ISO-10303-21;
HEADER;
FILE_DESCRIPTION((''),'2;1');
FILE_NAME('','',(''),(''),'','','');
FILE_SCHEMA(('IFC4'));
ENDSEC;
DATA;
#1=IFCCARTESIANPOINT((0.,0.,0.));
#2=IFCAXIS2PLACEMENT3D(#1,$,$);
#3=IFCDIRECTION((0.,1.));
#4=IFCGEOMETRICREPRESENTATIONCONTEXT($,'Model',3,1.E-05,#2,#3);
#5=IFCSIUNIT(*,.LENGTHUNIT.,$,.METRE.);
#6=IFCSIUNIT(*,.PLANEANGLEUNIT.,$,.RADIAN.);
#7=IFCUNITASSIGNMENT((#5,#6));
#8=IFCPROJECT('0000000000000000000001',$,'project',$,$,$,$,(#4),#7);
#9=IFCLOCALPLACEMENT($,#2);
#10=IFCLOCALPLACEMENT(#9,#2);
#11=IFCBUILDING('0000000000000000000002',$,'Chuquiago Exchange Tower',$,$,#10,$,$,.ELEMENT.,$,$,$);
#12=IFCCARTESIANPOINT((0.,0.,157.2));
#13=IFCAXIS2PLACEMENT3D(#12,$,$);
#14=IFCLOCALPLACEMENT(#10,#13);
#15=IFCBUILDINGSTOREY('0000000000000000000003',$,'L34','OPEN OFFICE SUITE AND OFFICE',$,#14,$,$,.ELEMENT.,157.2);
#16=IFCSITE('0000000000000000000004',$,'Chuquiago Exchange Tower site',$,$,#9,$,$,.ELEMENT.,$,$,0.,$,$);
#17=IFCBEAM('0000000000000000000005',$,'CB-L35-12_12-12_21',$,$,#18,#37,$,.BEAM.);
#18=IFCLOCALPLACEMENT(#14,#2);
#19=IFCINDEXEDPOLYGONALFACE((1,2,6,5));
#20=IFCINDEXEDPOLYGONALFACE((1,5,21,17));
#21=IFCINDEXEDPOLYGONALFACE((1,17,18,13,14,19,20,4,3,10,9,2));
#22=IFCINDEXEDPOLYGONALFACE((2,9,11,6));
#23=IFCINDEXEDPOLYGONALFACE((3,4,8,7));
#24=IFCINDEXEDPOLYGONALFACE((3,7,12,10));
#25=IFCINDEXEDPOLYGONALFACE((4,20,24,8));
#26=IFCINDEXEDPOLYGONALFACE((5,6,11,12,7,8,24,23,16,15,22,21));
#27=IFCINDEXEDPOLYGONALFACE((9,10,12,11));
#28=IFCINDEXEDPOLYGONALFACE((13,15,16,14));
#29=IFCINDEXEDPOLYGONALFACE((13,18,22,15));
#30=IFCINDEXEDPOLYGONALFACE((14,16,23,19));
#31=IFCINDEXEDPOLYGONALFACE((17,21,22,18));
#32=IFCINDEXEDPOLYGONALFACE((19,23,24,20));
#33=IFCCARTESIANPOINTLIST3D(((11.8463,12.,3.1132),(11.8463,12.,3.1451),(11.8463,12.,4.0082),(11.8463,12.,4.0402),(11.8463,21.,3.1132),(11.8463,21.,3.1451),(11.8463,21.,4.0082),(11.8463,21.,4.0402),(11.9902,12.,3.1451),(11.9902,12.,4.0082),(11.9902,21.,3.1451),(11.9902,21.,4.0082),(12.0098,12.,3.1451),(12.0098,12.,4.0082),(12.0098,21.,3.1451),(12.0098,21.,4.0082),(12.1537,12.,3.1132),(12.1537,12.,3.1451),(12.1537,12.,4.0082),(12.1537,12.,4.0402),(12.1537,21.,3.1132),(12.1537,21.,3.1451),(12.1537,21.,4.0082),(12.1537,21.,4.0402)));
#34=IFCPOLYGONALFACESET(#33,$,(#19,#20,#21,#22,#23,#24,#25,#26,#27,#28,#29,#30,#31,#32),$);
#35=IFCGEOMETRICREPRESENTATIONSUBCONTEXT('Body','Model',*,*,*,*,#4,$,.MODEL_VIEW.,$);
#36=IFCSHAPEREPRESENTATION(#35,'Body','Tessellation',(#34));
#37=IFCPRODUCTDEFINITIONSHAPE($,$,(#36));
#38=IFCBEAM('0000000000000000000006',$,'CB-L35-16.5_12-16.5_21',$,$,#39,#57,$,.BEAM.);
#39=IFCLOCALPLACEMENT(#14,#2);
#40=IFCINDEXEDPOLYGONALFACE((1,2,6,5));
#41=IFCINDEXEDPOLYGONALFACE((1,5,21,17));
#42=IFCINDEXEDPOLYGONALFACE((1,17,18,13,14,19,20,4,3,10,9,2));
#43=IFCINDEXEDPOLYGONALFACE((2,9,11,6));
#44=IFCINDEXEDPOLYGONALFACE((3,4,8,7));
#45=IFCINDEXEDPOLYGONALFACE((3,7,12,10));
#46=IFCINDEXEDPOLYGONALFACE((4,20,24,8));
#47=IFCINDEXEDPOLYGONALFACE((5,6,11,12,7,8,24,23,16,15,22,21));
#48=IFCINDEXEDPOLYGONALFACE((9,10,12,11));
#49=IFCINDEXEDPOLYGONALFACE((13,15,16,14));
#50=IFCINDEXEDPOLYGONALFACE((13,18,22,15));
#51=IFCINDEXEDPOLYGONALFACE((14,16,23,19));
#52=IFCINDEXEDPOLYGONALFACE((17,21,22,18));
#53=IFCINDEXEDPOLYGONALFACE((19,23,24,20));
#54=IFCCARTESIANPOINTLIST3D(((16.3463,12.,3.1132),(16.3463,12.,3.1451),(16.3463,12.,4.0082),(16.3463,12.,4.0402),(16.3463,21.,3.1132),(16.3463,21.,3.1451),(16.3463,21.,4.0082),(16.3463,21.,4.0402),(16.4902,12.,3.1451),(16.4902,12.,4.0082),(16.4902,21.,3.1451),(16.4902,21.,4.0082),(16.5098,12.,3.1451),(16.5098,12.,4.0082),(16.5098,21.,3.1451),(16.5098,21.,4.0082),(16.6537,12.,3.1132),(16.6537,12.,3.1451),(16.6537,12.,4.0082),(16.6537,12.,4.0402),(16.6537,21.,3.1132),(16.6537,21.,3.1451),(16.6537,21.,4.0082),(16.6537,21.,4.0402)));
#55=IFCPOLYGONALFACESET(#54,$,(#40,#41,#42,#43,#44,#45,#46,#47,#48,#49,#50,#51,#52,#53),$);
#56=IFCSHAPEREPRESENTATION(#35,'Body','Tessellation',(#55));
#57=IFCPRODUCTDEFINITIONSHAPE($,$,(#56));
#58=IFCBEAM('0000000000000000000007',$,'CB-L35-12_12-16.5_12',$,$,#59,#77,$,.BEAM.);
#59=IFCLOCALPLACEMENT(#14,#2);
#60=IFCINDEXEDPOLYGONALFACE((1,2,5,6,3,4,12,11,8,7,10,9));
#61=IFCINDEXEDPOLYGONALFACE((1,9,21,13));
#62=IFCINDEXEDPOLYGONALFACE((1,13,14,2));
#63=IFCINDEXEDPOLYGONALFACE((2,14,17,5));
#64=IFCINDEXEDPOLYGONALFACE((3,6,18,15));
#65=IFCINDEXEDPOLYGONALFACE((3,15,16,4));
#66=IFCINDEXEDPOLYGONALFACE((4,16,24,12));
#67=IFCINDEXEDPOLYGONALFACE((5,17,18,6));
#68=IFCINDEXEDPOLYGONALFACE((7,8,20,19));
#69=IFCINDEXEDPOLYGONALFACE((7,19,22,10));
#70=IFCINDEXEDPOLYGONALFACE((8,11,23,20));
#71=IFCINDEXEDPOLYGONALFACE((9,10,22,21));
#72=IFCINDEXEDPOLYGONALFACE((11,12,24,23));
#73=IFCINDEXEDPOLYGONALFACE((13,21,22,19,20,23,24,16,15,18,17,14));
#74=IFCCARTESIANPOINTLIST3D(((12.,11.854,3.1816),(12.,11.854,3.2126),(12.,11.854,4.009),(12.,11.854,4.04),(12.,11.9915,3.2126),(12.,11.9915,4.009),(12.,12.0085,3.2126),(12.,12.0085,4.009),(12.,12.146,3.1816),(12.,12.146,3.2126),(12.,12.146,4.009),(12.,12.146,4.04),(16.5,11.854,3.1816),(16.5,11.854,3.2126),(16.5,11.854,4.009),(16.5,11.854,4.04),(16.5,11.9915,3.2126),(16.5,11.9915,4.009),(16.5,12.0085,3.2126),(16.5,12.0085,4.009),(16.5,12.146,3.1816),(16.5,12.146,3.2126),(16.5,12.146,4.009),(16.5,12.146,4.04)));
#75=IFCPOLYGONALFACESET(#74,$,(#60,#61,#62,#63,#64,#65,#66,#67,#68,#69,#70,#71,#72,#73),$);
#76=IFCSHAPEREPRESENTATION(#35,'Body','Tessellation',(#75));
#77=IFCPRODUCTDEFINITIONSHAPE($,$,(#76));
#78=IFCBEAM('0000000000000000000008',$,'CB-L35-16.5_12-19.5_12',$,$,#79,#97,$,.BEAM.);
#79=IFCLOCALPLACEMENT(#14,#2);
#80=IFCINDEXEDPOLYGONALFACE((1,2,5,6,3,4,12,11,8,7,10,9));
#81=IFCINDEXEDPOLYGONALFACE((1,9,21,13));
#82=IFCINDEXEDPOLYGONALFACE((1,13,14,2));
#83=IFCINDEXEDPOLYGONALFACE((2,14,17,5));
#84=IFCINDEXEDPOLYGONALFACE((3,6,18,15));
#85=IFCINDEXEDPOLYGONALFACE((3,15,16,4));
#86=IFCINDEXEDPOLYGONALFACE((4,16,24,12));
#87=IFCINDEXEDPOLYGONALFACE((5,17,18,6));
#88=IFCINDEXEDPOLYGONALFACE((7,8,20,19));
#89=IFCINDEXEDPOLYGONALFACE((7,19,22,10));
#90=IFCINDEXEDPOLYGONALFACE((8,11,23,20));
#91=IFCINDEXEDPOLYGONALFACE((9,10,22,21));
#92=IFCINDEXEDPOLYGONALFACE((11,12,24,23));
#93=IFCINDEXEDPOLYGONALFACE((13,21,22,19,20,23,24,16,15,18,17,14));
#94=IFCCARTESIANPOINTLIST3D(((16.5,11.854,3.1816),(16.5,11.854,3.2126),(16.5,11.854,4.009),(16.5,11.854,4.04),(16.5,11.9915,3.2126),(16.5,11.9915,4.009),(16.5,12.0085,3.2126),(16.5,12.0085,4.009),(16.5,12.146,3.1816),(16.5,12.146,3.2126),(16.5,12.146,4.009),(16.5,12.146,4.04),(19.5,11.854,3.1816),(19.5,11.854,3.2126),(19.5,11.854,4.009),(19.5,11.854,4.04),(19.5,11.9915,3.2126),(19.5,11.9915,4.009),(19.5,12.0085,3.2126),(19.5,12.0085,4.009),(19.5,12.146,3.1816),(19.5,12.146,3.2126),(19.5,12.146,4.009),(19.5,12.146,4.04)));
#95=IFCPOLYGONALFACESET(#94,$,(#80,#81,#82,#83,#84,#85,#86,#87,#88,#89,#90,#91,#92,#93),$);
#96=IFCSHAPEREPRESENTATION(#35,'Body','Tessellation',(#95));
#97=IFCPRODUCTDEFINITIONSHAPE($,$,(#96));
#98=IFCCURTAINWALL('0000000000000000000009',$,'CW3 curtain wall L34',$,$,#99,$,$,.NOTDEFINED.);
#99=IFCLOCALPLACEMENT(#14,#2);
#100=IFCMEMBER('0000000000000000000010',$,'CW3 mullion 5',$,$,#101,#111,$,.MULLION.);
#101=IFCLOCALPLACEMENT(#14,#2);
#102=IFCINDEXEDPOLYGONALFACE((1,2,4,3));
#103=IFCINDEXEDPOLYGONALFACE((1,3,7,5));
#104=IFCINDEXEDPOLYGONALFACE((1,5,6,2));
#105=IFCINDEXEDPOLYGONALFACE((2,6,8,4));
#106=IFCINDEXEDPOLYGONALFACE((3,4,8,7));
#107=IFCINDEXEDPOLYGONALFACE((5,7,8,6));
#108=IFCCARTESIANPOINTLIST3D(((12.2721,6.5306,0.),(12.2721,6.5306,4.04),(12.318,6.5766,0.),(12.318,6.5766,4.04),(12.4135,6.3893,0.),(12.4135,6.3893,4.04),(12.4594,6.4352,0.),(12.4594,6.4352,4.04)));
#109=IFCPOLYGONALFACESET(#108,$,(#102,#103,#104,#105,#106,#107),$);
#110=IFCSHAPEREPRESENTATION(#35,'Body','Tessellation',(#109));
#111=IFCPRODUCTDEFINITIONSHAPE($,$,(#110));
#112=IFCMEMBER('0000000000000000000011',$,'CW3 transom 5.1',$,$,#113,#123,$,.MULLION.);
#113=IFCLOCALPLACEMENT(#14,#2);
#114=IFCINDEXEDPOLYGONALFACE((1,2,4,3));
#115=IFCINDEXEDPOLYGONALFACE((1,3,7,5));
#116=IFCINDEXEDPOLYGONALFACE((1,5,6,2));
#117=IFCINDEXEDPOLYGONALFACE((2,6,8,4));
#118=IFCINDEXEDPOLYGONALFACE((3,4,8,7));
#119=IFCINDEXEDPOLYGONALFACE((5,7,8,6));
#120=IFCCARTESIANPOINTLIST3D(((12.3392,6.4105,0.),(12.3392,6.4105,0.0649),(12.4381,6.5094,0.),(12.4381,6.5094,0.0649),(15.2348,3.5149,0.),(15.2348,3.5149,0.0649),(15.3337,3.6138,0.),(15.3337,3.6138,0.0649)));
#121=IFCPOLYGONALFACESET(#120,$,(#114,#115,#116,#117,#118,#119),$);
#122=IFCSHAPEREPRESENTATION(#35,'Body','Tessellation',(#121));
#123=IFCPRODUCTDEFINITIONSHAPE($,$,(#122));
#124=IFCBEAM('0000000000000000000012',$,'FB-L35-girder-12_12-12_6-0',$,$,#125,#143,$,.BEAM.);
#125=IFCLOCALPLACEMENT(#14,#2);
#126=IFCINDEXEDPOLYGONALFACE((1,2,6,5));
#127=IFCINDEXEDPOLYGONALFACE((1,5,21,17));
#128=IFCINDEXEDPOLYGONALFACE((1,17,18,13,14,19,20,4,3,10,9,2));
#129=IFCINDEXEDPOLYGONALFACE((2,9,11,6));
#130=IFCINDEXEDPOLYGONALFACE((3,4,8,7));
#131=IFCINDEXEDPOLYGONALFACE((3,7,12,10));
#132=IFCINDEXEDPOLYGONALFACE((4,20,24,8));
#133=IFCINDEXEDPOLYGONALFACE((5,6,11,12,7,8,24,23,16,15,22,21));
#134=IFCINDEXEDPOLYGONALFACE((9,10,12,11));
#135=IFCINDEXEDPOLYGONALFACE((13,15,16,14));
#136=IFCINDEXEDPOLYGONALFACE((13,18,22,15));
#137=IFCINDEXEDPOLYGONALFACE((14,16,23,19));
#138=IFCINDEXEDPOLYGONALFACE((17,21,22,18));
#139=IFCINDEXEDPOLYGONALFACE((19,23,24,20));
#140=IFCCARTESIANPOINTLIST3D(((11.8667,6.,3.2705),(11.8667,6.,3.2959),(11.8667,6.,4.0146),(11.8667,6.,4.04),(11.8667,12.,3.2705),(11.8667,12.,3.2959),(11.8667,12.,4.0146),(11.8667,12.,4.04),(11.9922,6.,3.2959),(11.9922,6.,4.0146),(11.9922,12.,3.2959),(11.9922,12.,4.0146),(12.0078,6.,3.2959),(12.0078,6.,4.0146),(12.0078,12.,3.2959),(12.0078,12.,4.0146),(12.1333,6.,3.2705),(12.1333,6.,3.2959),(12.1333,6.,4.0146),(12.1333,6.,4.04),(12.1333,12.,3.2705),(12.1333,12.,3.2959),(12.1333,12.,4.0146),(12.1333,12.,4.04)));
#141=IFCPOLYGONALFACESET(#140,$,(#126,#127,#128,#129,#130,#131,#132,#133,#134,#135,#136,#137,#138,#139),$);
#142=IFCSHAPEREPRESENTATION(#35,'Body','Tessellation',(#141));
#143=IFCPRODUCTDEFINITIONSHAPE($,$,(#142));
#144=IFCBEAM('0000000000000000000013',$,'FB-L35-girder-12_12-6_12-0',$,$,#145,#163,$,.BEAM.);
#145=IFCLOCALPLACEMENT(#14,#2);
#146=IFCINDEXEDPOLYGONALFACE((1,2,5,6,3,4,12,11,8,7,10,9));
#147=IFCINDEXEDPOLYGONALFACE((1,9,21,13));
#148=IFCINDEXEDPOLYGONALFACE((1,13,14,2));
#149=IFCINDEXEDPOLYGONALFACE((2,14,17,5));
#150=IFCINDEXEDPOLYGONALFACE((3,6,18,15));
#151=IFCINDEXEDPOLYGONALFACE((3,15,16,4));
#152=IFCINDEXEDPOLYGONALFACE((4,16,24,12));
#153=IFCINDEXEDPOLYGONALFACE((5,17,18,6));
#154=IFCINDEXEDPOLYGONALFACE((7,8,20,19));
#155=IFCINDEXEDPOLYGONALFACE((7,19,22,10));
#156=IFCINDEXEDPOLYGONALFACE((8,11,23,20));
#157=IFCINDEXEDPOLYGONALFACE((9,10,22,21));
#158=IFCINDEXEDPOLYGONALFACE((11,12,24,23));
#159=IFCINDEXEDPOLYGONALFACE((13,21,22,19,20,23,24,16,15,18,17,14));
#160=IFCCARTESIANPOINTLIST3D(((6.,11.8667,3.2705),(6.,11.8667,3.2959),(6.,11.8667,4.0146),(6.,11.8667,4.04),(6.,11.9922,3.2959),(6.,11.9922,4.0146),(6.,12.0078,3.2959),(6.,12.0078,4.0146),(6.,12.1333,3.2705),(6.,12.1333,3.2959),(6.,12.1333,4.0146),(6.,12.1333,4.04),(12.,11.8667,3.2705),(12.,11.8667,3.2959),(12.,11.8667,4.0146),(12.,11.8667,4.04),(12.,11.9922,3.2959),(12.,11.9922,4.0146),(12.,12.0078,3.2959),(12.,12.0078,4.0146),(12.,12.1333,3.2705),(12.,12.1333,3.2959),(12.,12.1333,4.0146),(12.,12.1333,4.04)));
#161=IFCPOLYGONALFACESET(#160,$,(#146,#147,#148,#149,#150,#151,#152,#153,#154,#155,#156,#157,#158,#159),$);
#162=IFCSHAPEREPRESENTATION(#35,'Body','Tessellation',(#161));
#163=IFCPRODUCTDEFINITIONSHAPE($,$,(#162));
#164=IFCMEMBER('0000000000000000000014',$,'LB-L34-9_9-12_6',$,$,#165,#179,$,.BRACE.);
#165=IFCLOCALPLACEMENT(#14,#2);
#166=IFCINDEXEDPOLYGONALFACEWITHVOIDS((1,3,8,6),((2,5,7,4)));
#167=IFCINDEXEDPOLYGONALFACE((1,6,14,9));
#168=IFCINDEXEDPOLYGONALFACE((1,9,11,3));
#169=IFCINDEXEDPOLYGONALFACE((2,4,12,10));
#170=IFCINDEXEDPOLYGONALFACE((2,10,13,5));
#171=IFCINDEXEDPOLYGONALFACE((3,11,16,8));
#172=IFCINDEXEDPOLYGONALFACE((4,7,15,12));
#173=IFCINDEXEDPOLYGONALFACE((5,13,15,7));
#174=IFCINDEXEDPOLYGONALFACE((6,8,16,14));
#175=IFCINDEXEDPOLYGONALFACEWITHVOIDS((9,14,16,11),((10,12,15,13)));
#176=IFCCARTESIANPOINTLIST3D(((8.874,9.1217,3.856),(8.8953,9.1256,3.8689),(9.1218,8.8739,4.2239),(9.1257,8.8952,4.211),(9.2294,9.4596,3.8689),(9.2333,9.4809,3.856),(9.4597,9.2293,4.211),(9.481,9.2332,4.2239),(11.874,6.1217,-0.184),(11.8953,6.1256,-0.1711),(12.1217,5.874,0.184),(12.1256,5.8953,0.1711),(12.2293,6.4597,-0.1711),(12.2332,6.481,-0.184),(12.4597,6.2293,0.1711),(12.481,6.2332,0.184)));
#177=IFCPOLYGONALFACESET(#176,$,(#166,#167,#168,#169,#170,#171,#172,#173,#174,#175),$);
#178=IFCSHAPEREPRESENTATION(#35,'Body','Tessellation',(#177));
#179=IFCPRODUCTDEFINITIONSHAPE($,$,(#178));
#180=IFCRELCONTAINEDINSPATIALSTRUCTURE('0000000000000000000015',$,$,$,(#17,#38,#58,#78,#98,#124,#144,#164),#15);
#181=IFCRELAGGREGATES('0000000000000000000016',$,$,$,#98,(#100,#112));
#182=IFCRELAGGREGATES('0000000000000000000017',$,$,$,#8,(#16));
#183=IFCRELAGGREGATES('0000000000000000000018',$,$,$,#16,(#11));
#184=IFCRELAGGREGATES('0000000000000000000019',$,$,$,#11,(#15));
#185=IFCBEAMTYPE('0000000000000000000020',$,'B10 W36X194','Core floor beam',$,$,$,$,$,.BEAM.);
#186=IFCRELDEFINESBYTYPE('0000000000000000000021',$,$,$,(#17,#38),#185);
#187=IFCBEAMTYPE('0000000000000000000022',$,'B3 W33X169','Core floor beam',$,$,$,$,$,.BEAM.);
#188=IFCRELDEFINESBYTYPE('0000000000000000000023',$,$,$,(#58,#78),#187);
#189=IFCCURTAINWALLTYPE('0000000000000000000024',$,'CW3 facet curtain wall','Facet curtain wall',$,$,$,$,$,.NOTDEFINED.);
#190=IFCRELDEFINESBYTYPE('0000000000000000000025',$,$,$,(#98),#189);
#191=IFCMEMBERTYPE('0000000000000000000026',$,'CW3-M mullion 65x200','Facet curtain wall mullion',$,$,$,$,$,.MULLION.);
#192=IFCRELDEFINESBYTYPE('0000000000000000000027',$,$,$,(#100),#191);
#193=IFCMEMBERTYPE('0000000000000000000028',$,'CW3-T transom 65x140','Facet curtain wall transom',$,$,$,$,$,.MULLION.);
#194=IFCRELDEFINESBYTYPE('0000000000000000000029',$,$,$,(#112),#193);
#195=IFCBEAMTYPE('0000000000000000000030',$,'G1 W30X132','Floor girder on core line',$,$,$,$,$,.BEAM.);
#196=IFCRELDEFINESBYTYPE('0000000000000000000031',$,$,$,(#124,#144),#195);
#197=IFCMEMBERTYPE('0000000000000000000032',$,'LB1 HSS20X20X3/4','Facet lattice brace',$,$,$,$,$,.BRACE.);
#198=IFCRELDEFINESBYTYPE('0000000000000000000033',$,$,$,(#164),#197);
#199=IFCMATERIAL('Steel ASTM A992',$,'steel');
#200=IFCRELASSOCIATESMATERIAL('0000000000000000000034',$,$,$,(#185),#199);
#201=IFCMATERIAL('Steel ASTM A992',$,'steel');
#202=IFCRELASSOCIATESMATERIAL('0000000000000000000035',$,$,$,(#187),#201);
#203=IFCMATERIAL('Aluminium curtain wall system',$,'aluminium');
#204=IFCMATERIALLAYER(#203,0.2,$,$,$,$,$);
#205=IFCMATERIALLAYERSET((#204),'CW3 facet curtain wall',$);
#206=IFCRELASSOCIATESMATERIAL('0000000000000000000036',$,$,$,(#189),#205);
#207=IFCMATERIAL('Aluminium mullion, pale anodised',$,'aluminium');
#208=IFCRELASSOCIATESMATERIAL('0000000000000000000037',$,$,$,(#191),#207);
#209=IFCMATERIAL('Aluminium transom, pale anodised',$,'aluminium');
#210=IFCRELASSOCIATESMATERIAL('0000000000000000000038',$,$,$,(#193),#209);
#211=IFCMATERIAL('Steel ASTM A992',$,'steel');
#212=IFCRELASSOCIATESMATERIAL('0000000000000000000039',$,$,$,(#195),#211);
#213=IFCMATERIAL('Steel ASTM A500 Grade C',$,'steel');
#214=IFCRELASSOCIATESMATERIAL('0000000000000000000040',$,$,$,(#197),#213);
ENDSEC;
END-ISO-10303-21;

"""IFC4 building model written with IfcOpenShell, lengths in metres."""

from ifc_helpers import new_model, si_unit, direction, frame, origin, origin_2d, place, context, subcontext, project, spatial, rectangle, hollow_rectangle, i_section, extrude, material, layer, layer_set, material_profile, profile_set, type_object, element, aggregate, save


model = new_model("IFC4")

# Units and contexts
model_context = context("Model", 3, precision=1e-05, world=origin(), true_north=direction((0.0, 1.0)))
body_context = subcontext(model_context, "Body", "Model", "MODEL_VIEW")
ifc_project = project(units=[si_unit("LENGTHUNIT", "METRE"), si_unit("PLANEANGLEUNIT", "RADIAN")], contexts=[model_context])

# Site, building, storey
site_placement = place(None, origin())
site = spatial("IfcSite", under=ifc_project, at=site_placement, Name="Chuquiago Exchange Tower site", CompositionType="ELEMENT", RefElevation=0.0)
building_placement = place(site_placement, origin())
building = spatial("IfcBuilding", under=site, at=building_placement, Name="Chuquiago Exchange Tower", CompositionType="ELEMENT")
storey_placement = place(building_placement, frame((0.0, 0.0, 157.2)))
storey = spatial("IfcBuildingStorey", under=building, at=storey_placement, Name="L34", Description="OPEN OFFICE SUITE AND OFFICE", CompositionType="ELEMENT", Elevation=157.2)

# Beams
ifc_material_1 = material(Name="Steel ASTM A992", Category="steel")
ifc_material_profile_1 = material_profile(ifc_material_1, i_section(OverallWidth=0.3074, OverallDepth=0.927, WebThickness=0.0195, FlangeThickness=0.032, at=origin_2d()), Name="W36X194")
ifc_profile_set_1 = profile_set([ifc_material_profile_1], Name="Steel ASTM A992")
beam_type_1 = type_object("IfcBeamType", Name="B10 W36X194", Description="Core floor beam", PredefinedType="BEAM", material=ifc_profile_set_1)
for number, where, z_axis, x_axis, name in (
    (1, (12.0, 12.0, 3.5767), (0.0, 1.0, 0.0), (-1.0, 0.0, 0.0), "CB-L35-12_12-12_21"),
    (2, (16.5, 12.0, 3.5767), (0.0, 1.0, 0.0), (-1.0, 0.0, 0.0), "CB-L35-16.5_12-16.5_21"),
):
    element("IfcBeam", number, at=place(storey_placement, frame(where, z_axis=z_axis, x_axis=x_axis)), inside=storey, type_object=beam_type_1, Name=name, PredefinedType="BEAM", context=body_context, shape_type="SweptSolid", body=[
        extrude(i_section(OverallWidth=0.3074, OverallDepth=0.927, WebThickness=0.0195, FlangeThickness=0.032, at=origin_2d()), origin(), (0.0, 0.0, 1.0), 9.0),
    ])
ifc_material_2 = material(Name="Steel ASTM A992", Category="steel")
ifc_material_profile_2 = material_profile(ifc_material_2, i_section(OverallWidth=0.292, OverallDepth=0.8584, WebThickness=0.0171, FlangeThickness=0.031, at=origin_2d()), Name="W33X169")
ifc_profile_set_2 = profile_set([ifc_material_profile_2], Name="Steel ASTM A992")
beam_type_2 = type_object("IfcBeamType", Name="B3 W33X169", Description="Core floor beam", PredefinedType="BEAM", material=ifc_profile_set_2)
beam_1_placement = place(storey_placement, frame((12.0, 12.0, 3.6108), z_axis=(1.0, 0.0, 0.0), x_axis=(0.0, 1.0, 0.0)))
element("IfcBeam", 3, at=beam_1_placement, inside=storey, type_object=beam_type_2, Name="CB-L35-12_12-16.5_12", PredefinedType="BEAM", context=body_context, shape_type="SweptSolid", body=[
    extrude(i_section(OverallWidth=0.292, OverallDepth=0.8584, WebThickness=0.0171, FlangeThickness=0.031, at=origin_2d()), origin(), (0.0, 0.0, 1.0), 4.5),
])
beam_2_placement = place(storey_placement, frame((16.5, 12.0, 3.6108), z_axis=(1.0, 0.0, 0.0), x_axis=(0.0, 1.0, 0.0)))
element("IfcBeam", 4, at=beam_2_placement, inside=storey, type_object=beam_type_2, Name="CB-L35-16.5_12-19.5_12", PredefinedType="BEAM", context=body_context, shape_type="SweptSolid", body=[
    extrude(i_section(OverallWidth=0.292, OverallDepth=0.8584, WebThickness=0.0171, FlangeThickness=0.031, at=origin_2d()), origin(), (0.0, 0.0, 1.0), 3.0),
])

# Curtain wall, members
ifc_material_3 = material(Name="Aluminium curtain wall system", Category="aluminium")
ifc_layer_1 = layer(ifc_material_3, 0.2)
ifc_layer_set_1 = layer_set([ifc_layer_1], Name="CW3 facet curtain wall")
curtain_wall_type = type_object("IfcCurtainWallType", Name="CW3 facet curtain wall", Description="Facet curtain wall", PredefinedType="NOTDEFINED", material=ifc_layer_set_1)
curtain_wall_placement = place(storey_placement, origin())
curtain_wall = element("IfcCurtainWall", 5, at=curtain_wall_placement, inside=storey, type_object=curtain_wall_type, Name="CW3 curtain wall L34", PredefinedType="NOTDEFINED")
ifc_material_4 = material(Name="Aluminium mullion, pale anodised", Category="aluminium")
ifc_material_profile_3 = material_profile(ifc_material_4, rectangle(XDim=0.0649, YDim=0.2, at=origin_2d()), Name="AL 65x200")
ifc_profile_set_3 = profile_set([ifc_material_profile_3], Name="Aluminium mullion, pale anodised")
member_type_1 = type_object("IfcMemberType", Name="CW3-M mullion 65x200", Description="Facet curtain wall mullion", PredefinedType="MULLION", material=ifc_profile_set_3)
member_1_placement = place(storey_placement, frame((12.3657, 6.4829, 0.0), z_axis=(0.0, 0.0, 1.0), x_axis=(0.707107, 0.707107, 0.0)))
member_1 = element("IfcMember", 6, at=member_1_placement, type_object=member_type_1, Name="CW3 mullion 5", PredefinedType="MULLION", context=body_context, shape_type="SweptSolid", body=[
    extrude(rectangle(XDim=0.0649, YDim=0.2, at=origin_2d()), origin(), (0.0, 0.0, 1.0), 4.04),
])
ifc_material_5 = material(Name="Aluminium transom, pale anodised", Category="aluminium")
ifc_material_profile_4 = material_profile(ifc_material_5, rectangle(XDim=0.1399, YDim=0.0649, at=origin_2d()), Name="AL 140x65")
ifc_profile_set_4 = profile_set([ifc_material_profile_4], Name="Aluminium transom, pale anodised")
member_type_2 = type_object("IfcMemberType", Name="CW3-T transom 65x140", Description="Facet curtain wall transom", PredefinedType="MULLION", material=ifc_profile_set_4)
member_2_placement = place(storey_placement, frame((12.3887, 6.46, 0.0325), z_axis=(0.707107, -0.707107, 0.0), x_axis=(0.707107, 0.707107, 0.0)))
member_2 = element("IfcMember", 7, at=member_2_placement, type_object=member_type_2, Name="CW3 transom 5.1", PredefinedType="MULLION", context=body_context, shape_type="SweptSolid", body=[
    extrude(rectangle(XDim=0.1399, YDim=0.0649, at=origin_2d()), origin(), (0.0, 0.0, 1.0), 4.095),
])

# Beams
ifc_material_6 = material(Name="Steel ASTM A992", Category="steel")
ifc_material_profile_5 = material_profile(ifc_material_6, i_section(OverallWidth=0.2666, OverallDepth=0.7695, WebThickness=0.0156, FlangeThickness=0.0254, at=origin_2d()), Name="W30X132")
ifc_profile_set_5 = profile_set([ifc_material_profile_5], Name="Steel ASTM A992")
beam_type_3 = type_object("IfcBeamType", Name="G1 W30X132", Description="Floor girder on core line", PredefinedType="BEAM", material=ifc_profile_set_5)
for number, where, z_axis, x_axis, name in (
    (8, (12.0, 12.0, 3.6553), (0.0, -1.0, 0.0), (1.0, 0.0, 0.0), "FB-L35-girder-12_12-12_6-0"),
    (9, (12.0, 12.0, 3.6553), (-1.0, 0.0, 0.0), (0.0, -1.0, 0.0), "FB-L35-girder-12_12-6_12-0"),
):
    element("IfcBeam", number, at=place(storey_placement, frame(where, z_axis=z_axis, x_axis=x_axis)), inside=storey, type_object=beam_type_3, Name=name, PredefinedType="BEAM", context=body_context, shape_type="SweptSolid", body=[
        extrude(i_section(OverallWidth=0.2666, OverallDepth=0.7695, WebThickness=0.0156, FlangeThickness=0.0254, at=origin_2d()), origin(), (0.0, 0.0, 1.0), 6.0),
    ])

# Member
ifc_material_7 = material(Name="Steel ASTM A500 Grade C", Category="steel")
ifc_material_profile_6 = material_profile(ifc_material_7, hollow_rectangle(XDim=0.5081, YDim=0.5081, WallThickness=0.0178, at=origin_2d()), Name="HSS20X20X3/4")
ifc_profile_set_6 = profile_set([ifc_material_profile_6], Name="Steel ASTM A500 Grade C")
member_type_3 = type_object("IfcMemberType", Name="LB1 HSS20X20X3/4", Description="Facet lattice brace", PredefinedType="BRACE", material=ifc_profile_set_6)
for number, where, z_axis, x_axis, name in (
    (10, (12.1775, 6.1775, 0.0), (-0.512077, 0.512077, 0.689604), (-0.707107, -0.707107, 0.0), "LB-L34-9_9-12_6"),
):
    element("IfcMember", number, at=place(storey_placement, frame(where, z_axis=z_axis, x_axis=x_axis)), inside=storey, type_object=member_type_3, Name=name, PredefinedType="BRACE", context=body_context, shape_type="SweptSolid", body=[
        extrude(hollow_rectangle(XDim=0.5081, YDim=0.5081, WallThickness=0.0178, at=origin_2d()), origin(), (0.0, 0.0, 1.0), 5.8584),
    ])

aggregate(curtain_wall, [member_1, member_2])

save(model, "model.ifc")
